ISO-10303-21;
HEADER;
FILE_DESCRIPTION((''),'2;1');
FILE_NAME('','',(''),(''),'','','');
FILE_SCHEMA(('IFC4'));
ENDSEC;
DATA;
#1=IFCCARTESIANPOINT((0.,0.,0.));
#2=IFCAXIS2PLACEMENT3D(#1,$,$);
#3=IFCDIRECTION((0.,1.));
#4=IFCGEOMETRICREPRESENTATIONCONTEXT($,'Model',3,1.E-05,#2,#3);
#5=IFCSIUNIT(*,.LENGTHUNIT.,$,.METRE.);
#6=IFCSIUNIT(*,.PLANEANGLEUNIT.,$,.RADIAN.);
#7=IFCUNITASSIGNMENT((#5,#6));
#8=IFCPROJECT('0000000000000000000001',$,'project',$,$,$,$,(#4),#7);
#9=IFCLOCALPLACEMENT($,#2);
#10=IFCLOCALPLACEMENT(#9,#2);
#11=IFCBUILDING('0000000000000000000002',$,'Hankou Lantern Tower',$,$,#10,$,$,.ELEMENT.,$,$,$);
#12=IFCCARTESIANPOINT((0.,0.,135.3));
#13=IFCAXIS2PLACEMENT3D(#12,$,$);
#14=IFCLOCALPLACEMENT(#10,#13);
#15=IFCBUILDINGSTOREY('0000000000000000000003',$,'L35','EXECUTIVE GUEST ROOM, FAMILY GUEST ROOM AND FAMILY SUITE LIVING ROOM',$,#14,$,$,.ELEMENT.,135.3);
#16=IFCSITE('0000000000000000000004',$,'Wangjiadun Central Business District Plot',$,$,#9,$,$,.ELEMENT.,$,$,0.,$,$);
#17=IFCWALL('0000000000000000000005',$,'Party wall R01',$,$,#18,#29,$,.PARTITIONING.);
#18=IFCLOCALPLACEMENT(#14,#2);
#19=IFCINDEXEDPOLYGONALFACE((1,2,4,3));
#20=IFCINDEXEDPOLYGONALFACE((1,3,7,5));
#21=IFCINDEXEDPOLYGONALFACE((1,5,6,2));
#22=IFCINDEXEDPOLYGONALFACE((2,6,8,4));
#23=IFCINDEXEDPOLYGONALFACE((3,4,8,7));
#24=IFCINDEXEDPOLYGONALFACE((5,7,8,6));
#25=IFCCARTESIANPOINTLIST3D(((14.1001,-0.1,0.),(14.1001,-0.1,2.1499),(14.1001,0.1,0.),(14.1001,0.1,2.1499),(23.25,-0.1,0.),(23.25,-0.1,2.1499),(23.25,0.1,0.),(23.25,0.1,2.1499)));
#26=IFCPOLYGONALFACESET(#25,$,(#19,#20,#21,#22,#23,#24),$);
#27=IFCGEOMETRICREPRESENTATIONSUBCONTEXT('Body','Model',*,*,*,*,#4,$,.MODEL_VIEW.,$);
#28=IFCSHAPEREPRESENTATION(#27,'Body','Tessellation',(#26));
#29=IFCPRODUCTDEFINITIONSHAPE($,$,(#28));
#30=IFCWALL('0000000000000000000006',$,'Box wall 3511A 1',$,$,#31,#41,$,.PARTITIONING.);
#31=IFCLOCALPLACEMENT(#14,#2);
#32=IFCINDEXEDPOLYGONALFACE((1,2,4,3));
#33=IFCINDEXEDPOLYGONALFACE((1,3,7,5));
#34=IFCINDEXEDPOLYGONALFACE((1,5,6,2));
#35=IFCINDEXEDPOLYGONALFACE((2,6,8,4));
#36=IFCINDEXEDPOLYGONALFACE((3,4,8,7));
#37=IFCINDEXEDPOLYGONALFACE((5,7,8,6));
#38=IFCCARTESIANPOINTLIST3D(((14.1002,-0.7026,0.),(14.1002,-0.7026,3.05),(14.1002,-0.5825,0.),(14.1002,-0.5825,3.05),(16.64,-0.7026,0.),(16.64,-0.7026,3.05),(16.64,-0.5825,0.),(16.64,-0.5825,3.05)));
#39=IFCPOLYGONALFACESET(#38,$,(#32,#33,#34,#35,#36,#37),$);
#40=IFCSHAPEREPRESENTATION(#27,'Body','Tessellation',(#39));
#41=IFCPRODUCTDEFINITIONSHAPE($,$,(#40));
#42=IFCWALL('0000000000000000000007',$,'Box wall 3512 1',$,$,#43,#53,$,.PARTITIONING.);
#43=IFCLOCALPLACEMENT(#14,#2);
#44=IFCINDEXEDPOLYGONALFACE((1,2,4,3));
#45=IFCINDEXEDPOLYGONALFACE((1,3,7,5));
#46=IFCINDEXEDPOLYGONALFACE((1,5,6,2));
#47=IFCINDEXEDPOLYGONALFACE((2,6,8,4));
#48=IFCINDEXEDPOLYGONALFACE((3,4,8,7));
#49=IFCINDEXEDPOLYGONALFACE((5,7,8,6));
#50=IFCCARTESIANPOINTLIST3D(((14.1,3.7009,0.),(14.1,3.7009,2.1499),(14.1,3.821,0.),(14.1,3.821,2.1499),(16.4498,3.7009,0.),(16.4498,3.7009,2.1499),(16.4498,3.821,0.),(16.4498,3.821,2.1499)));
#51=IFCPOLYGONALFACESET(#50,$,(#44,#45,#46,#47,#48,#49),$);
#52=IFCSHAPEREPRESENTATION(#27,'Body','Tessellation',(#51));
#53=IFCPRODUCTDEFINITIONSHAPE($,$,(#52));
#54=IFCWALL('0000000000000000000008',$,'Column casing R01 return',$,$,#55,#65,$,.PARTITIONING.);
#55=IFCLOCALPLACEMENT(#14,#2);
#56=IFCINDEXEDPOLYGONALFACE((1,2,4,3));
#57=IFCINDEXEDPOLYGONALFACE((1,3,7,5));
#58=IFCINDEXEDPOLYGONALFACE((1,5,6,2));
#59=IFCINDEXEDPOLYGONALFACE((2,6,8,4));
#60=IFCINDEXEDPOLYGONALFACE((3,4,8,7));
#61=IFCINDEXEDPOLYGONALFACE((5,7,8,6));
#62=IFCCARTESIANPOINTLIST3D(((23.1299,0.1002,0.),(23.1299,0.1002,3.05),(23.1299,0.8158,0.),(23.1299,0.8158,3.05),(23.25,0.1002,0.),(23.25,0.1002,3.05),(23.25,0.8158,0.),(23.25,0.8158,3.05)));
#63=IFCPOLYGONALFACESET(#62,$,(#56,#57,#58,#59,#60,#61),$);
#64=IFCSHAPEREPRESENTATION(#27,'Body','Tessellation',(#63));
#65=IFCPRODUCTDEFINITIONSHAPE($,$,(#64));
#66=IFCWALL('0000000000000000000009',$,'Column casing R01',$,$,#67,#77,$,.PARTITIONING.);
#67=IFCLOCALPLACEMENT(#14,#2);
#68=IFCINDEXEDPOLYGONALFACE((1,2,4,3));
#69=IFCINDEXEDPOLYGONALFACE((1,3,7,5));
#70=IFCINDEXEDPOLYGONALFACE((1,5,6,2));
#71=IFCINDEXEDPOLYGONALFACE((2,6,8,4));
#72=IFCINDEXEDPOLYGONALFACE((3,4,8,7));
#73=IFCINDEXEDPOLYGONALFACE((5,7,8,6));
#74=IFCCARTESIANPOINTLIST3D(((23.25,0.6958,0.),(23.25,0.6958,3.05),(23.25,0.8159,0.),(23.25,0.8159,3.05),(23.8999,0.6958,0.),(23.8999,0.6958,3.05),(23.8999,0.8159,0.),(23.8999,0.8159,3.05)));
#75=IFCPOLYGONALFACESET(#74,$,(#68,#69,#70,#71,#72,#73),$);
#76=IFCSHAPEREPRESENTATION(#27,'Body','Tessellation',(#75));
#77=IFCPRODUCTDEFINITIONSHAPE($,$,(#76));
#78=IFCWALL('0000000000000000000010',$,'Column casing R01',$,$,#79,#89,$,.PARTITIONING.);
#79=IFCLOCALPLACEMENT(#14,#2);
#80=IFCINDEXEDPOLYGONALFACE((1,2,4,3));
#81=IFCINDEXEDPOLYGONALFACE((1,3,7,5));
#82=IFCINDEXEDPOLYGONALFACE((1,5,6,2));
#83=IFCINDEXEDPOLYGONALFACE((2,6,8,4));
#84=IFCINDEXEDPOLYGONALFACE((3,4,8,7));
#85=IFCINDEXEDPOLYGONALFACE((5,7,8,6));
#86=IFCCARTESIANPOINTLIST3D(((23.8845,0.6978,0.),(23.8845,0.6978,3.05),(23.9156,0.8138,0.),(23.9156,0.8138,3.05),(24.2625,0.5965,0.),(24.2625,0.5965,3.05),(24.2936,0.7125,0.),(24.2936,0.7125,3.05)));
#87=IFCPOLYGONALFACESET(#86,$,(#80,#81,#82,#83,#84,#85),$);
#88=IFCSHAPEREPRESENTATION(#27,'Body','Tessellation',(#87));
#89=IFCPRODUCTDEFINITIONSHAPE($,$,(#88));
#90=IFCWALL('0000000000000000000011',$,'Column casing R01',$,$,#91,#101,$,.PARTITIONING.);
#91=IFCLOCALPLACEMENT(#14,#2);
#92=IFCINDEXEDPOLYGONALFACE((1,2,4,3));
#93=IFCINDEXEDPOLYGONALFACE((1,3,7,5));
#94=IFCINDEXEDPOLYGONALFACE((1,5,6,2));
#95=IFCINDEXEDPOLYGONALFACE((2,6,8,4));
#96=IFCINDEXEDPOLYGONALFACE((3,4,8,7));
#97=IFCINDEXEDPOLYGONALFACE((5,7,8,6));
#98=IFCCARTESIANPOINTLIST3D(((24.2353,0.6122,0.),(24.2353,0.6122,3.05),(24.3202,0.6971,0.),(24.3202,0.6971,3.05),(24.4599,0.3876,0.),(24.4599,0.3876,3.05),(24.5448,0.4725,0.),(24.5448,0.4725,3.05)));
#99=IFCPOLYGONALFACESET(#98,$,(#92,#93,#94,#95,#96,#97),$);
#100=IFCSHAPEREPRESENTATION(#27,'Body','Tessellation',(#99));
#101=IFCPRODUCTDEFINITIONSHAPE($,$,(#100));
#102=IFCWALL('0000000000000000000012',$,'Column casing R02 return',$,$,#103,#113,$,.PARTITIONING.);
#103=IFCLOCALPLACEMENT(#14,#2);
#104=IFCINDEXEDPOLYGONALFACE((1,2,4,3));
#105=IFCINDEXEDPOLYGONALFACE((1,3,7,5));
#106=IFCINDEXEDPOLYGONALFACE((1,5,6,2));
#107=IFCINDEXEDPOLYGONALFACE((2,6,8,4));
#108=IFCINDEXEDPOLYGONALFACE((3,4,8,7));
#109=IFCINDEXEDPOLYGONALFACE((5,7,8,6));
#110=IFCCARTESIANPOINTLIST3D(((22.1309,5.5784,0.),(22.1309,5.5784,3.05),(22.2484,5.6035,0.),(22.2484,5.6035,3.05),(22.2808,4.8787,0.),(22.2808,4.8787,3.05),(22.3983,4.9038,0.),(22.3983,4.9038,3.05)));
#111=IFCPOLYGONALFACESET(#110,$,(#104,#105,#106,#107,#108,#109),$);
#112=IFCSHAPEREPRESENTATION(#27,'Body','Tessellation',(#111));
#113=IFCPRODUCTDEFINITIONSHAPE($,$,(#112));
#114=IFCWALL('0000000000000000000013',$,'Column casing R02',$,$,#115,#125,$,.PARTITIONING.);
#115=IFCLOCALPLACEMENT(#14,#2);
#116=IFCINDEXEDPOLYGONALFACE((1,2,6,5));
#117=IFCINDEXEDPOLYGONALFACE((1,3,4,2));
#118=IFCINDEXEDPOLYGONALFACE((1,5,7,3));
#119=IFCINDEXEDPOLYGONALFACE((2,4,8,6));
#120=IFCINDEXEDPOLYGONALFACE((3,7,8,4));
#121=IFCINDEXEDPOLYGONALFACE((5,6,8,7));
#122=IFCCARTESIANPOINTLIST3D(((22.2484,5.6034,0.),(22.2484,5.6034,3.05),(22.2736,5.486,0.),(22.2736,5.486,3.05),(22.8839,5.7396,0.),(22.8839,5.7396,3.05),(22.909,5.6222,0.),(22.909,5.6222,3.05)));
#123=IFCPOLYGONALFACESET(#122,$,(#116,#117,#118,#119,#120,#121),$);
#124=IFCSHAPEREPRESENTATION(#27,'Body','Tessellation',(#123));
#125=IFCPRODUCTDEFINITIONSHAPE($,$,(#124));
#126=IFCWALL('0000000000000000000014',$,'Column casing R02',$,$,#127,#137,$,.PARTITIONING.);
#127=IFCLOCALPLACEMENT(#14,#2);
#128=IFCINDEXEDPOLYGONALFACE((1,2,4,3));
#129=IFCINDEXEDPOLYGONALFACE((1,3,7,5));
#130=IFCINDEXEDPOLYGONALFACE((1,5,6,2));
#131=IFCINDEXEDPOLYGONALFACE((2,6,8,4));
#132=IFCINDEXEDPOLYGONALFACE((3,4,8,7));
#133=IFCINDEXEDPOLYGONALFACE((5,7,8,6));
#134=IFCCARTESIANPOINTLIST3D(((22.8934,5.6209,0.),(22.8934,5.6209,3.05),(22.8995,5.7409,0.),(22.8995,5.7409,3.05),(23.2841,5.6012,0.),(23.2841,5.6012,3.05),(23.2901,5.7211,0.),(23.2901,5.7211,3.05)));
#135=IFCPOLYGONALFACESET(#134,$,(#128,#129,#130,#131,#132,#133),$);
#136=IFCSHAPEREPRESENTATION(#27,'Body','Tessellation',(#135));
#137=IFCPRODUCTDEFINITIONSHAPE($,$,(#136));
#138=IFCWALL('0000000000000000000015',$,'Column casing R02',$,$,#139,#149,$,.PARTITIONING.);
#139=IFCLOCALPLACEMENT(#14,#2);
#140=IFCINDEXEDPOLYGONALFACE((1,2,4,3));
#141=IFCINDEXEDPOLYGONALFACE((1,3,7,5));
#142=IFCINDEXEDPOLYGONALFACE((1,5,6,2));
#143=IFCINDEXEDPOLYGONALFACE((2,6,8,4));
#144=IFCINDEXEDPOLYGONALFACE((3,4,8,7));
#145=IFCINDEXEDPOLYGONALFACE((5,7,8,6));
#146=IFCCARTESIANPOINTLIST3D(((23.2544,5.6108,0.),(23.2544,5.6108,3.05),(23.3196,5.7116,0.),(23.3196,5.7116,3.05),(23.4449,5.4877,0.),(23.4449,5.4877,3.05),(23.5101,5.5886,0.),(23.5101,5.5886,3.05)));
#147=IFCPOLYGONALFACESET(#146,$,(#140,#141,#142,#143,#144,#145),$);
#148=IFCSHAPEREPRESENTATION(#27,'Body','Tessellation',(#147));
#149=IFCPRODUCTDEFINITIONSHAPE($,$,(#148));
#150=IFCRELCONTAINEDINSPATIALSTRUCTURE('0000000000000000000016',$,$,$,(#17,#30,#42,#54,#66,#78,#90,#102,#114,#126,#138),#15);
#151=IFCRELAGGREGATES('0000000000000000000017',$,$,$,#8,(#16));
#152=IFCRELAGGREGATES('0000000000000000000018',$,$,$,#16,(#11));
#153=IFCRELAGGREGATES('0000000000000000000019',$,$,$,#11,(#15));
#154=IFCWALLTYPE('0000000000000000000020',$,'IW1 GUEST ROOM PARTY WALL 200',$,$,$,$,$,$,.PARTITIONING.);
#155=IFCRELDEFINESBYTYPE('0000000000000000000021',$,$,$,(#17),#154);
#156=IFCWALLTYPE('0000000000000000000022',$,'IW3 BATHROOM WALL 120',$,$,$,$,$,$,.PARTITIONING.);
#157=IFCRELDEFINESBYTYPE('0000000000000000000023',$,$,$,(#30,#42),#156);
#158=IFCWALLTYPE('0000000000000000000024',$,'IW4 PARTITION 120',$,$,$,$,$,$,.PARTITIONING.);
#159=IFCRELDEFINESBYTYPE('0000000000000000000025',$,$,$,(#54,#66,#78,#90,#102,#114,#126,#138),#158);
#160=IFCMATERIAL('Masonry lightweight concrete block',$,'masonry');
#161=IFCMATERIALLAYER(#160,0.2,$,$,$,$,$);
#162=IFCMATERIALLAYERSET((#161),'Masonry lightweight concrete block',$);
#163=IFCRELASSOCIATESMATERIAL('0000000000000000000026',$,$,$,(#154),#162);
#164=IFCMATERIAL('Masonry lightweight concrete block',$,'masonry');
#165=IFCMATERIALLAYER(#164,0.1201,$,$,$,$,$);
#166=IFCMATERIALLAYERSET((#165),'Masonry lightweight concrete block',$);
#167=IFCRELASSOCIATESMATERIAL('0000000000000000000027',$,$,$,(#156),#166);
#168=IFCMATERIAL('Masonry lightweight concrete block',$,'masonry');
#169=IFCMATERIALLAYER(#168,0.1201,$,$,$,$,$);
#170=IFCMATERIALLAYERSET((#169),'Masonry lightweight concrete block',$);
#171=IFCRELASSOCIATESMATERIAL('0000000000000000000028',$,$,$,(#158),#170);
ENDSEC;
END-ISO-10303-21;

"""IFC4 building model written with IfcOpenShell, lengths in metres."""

from ifc_helpers import new_model, si_unit, direction, frame, frame_2d, origin, place, context, subcontext, project, spatial, rectangle, extrude, material, layer, layer_set, type_object, element, save


model = new_model("IFC4")

# Units and contexts
model_context = context("Model", 3, precision=1e-05, world=origin(), true_north=direction((0.0, 1.0)))
body_context = subcontext(model_context, "Body", "Model", "MODEL_VIEW")
ifc_project = project(units=[si_unit("LENGTHUNIT", "METRE"), si_unit("PLANEANGLEUNIT", "RADIAN")], contexts=[model_context])

# Site, building, storey
site_placement = place(None, origin())
site = spatial("IfcSite", under=ifc_project, at=site_placement, Name="Wangjiadun Central Business District Plot", CompositionType="ELEMENT", RefElevation=0.0)
building_placement = place(site_placement, origin())
building = spatial("IfcBuilding", under=site, at=building_placement, Name="Hankou Lantern Tower", CompositionType="ELEMENT")
storey_placement = place(building_placement, frame((0.0, 0.0, 135.3)))
storey = spatial("IfcBuildingStorey", under=building, at=storey_placement, Name="L35", Description="EXECUTIVE GUEST ROOM, FAMILY GUEST ROOM AND FAMILY SUITE LIVING ROOM", CompositionType="ELEMENT", Elevation=135.3)

# Walls
ifc_material_1 = material(Name="Masonry lightweight concrete block", Category="masonry")
ifc_layer_1 = layer(ifc_material_1, 0.2)
ifc_layer_set_1 = layer_set([ifc_layer_1], Name="Masonry lightweight concrete block")
wall_type_1 = type_object("IfcWallType", Name="IW1 GUEST ROOM PARTY WALL 200", PredefinedType="PARTITIONING", material=ifc_layer_set_1)
wall_1_placement = place(storey_placement, frame((14.1001, 0.0, 0.0), z_axis=(0.0, 0.0, 1.0), x_axis=(1.0, 0.0, 0.0)))
element("IfcWall", 1, at=wall_1_placement, inside=storey, type_object=wall_type_1, Name="Party wall R01", PredefinedType="PARTITIONING", context=body_context, shape_type="SweptSolid", body=[
    extrude(rectangle(XDim=9.1499, YDim=0.2, at=frame_2d((4.575, 0.0))), origin(), (0.0, 0.0, 1.0), 2.1499),
])
ifc_material_2 = material(Name="Masonry lightweight concrete block", Category="masonry")
ifc_layer_2 = layer(ifc_material_2, 0.1201)
ifc_layer_set_2 = layer_set([ifc_layer_2], Name="Masonry lightweight concrete block")
wall_type_2 = type_object("IfcWallType", Name="IW3 BATHROOM WALL 120", PredefinedType="PARTITIONING", material=ifc_layer_set_2)
wall_2_placement = place(storey_placement, frame((14.1001, -0.6426, 0.0), z_axis=(0.0, 0.0, 1.0), x_axis=(1.0, 0.0, 0.0)))
element("IfcWall", 2, at=wall_2_placement, inside=storey, type_object=wall_type_2, Name="Box wall 3511A 1", PredefinedType="PARTITIONING", context=body_context, shape_type="SweptSolid", body=[
    extrude(rectangle(XDim=2.5398, YDim=0.1201, at=frame_2d((1.27, 0.0))), origin(), (0.0, 0.0, 1.0), 3.05),
])
wall_3_placement = place(storey_placement, frame((14.1001, 3.761, 0.0), z_axis=(0.0, 0.0, 1.0), x_axis=(1.0, 0.0, 0.0)))
element("IfcWall", 3, at=wall_3_placement, inside=storey, type_object=wall_type_2, Name="Box wall 3512 1", PredefinedType="PARTITIONING", context=body_context, shape_type="SweptSolid", body=[
    extrude(rectangle(XDim=2.3499, YDim=0.1201, at=frame_2d((1.1748, 0.0))), origin(), (0.0, 0.0, 1.0), 2.1499),
])
ifc_material_3 = material(Name="Masonry lightweight concrete block", Category="masonry")
ifc_layer_3 = layer(ifc_material_3, 0.1201)
ifc_layer_set_3 = layer_set([ifc_layer_3], Name="Masonry lightweight concrete block")
wall_type_3 = type_object("IfcWallType", Name="IW4 PARTITION 120", PredefinedType="PARTITIONING", material=ifc_layer_set_3)
wall_4_placement = place(storey_placement, frame((23.1899, 0.1001, 0.0), z_axis=(0.0, 0.0, 1.0), x_axis=(0.0, 1.0, 0.0)))
element("IfcWall", 4, at=wall_4_placement, inside=storey, type_object=wall_type_3, Name="Column casing R01 return", PredefinedType="PARTITIONING", context=body_context, shape_type="SweptSolid", body=[
    extrude(rectangle(XDim=0.7156, YDim=0.1201, at=frame_2d((0.3579, 0.0))), origin(), (0.0, 0.0, 1.0), 3.05),
])
wall_5_placement = place(storey_placement, frame((23.25, 0.7559, 0.0), z_axis=(0.0, 0.0, 1.0), x_axis=(1.0, 0.0, 0.0)))
element("IfcWall", 5, at=wall_5_placement, inside=storey, type_object=wall_type_3, Name="Column casing R01", PredefinedType="PARTITIONING", context=body_context, shape_type="SweptSolid", body=[
    extrude(rectangle(XDim=0.6499, YDim=0.1201, at=frame_2d((0.325, 0.0))), origin(), (0.0, 0.0, 1.0), 3.05),
])
wall_6_placement = place(storey_placement, frame((23.8999, 0.7559, 0.0), z_axis=(0.0, 0.0, 1.0), x_axis=(0.965892, -0.258944, 0.0)))
element("IfcWall", 6, at=wall_6_placement, inside=storey, type_object=wall_type_3, Name="Column casing R01", PredefinedType="PARTITIONING", context=body_context, shape_type="SweptSolid", body=[
    extrude(rectangle(XDim=0.3914, YDim=0.1201, at=frame_2d((0.1958, 0.0))), origin(), (0.0, 0.0, 1.0), 3.05),
])
wall_7_placement = place(storey_placement, frame((24.2778, 0.6545, 0.0), z_axis=(0.0, 0.0, 1.0), x_axis=(0.707107, -0.707107, 0.0)))
element("IfcWall", 7, at=wall_7_placement, inside=storey, type_object=wall_type_3, Name="Column casing R01", PredefinedType="PARTITIONING", context=body_context, shape_type="SweptSolid", body=[
    extrude(rectangle(XDim=0.3176, YDim=0.1201, at=frame_2d((0.1587, 0.0))), origin(), (0.0, 0.0, 1.0), 3.05),
])
wall_8_placement = place(storey_placement, frame((22.3396, 4.8911, 0.0), z_axis=(0.0, 0.0, 1.0), x_axis=(-0.209482, 0.977812, 0.0)))
element("IfcWall", 8, at=wall_8_placement, inside=storey, type_object=wall_type_3, Name="Column casing R02 return", PredefinedType="PARTITIONING", context=body_context, shape_type="SweptSolid", body=[
    extrude(rectangle(XDim=0.7156, YDim=0.1201, at=frame_2d((0.3579, 0.0))), origin(), (0.0, 0.0, 1.0), 3.05),
])
wall_9_placement = place(storey_placement, frame((22.261, 5.5447, 0.0), z_axis=(0.0, 0.0, 1.0), x_axis=(0.977786, 0.209606, 0.0)))
element("IfcWall", 9, at=wall_9_placement, inside=storey, type_object=wall_type_3, Name="Column casing R02", PredefinedType="PARTITIONING", context=body_context, shape_type="SweptSolid", body=[
    extrude(rectangle(XDim=0.6499, YDim=0.1201, at=frame_2d((0.325, 0.0))), origin(), (0.0, 0.0, 1.0), 3.05),
])
wall_10_placement = place(storey_placement, frame((22.8965, 5.6809, 0.0), z_axis=(0.0, 0.0, 1.0), x_axis=(0.998721, -0.05056, 0.0)))
element("IfcWall", 10, at=wall_10_placement, inside=storey, type_object=wall_type_3, Name="Column casing R02", PredefinedType="PARTITIONING", context=body_context, shape_type="SweptSolid", body=[
    extrude(rectangle(XDim=0.3911, YDim=0.1201, at=frame_2d((0.1956, 0.0))), origin(), (0.0, 0.0, 1.0), 3.05),
])
wall_11_placement = place(storey_placement, frame((23.2871, 5.6611, 0.0), z_axis=(0.0, 0.0, 1.0), x_axis=(0.839917, -0.542715, 0.0)))
element("IfcWall", 11, at=wall_11_placement, inside=storey, type_object=wall_type_3, Name="Column casing R02", PredefinedType="PARTITIONING", context=body_context, shape_type="SweptSolid", body=[
    extrude(rectangle(XDim=0.2268, YDim=0.1201, at=frame_2d((0.1133, 0.0))), origin(), (0.0, 0.0, 1.0), 3.05),
])

save(model, "model.ifc")
